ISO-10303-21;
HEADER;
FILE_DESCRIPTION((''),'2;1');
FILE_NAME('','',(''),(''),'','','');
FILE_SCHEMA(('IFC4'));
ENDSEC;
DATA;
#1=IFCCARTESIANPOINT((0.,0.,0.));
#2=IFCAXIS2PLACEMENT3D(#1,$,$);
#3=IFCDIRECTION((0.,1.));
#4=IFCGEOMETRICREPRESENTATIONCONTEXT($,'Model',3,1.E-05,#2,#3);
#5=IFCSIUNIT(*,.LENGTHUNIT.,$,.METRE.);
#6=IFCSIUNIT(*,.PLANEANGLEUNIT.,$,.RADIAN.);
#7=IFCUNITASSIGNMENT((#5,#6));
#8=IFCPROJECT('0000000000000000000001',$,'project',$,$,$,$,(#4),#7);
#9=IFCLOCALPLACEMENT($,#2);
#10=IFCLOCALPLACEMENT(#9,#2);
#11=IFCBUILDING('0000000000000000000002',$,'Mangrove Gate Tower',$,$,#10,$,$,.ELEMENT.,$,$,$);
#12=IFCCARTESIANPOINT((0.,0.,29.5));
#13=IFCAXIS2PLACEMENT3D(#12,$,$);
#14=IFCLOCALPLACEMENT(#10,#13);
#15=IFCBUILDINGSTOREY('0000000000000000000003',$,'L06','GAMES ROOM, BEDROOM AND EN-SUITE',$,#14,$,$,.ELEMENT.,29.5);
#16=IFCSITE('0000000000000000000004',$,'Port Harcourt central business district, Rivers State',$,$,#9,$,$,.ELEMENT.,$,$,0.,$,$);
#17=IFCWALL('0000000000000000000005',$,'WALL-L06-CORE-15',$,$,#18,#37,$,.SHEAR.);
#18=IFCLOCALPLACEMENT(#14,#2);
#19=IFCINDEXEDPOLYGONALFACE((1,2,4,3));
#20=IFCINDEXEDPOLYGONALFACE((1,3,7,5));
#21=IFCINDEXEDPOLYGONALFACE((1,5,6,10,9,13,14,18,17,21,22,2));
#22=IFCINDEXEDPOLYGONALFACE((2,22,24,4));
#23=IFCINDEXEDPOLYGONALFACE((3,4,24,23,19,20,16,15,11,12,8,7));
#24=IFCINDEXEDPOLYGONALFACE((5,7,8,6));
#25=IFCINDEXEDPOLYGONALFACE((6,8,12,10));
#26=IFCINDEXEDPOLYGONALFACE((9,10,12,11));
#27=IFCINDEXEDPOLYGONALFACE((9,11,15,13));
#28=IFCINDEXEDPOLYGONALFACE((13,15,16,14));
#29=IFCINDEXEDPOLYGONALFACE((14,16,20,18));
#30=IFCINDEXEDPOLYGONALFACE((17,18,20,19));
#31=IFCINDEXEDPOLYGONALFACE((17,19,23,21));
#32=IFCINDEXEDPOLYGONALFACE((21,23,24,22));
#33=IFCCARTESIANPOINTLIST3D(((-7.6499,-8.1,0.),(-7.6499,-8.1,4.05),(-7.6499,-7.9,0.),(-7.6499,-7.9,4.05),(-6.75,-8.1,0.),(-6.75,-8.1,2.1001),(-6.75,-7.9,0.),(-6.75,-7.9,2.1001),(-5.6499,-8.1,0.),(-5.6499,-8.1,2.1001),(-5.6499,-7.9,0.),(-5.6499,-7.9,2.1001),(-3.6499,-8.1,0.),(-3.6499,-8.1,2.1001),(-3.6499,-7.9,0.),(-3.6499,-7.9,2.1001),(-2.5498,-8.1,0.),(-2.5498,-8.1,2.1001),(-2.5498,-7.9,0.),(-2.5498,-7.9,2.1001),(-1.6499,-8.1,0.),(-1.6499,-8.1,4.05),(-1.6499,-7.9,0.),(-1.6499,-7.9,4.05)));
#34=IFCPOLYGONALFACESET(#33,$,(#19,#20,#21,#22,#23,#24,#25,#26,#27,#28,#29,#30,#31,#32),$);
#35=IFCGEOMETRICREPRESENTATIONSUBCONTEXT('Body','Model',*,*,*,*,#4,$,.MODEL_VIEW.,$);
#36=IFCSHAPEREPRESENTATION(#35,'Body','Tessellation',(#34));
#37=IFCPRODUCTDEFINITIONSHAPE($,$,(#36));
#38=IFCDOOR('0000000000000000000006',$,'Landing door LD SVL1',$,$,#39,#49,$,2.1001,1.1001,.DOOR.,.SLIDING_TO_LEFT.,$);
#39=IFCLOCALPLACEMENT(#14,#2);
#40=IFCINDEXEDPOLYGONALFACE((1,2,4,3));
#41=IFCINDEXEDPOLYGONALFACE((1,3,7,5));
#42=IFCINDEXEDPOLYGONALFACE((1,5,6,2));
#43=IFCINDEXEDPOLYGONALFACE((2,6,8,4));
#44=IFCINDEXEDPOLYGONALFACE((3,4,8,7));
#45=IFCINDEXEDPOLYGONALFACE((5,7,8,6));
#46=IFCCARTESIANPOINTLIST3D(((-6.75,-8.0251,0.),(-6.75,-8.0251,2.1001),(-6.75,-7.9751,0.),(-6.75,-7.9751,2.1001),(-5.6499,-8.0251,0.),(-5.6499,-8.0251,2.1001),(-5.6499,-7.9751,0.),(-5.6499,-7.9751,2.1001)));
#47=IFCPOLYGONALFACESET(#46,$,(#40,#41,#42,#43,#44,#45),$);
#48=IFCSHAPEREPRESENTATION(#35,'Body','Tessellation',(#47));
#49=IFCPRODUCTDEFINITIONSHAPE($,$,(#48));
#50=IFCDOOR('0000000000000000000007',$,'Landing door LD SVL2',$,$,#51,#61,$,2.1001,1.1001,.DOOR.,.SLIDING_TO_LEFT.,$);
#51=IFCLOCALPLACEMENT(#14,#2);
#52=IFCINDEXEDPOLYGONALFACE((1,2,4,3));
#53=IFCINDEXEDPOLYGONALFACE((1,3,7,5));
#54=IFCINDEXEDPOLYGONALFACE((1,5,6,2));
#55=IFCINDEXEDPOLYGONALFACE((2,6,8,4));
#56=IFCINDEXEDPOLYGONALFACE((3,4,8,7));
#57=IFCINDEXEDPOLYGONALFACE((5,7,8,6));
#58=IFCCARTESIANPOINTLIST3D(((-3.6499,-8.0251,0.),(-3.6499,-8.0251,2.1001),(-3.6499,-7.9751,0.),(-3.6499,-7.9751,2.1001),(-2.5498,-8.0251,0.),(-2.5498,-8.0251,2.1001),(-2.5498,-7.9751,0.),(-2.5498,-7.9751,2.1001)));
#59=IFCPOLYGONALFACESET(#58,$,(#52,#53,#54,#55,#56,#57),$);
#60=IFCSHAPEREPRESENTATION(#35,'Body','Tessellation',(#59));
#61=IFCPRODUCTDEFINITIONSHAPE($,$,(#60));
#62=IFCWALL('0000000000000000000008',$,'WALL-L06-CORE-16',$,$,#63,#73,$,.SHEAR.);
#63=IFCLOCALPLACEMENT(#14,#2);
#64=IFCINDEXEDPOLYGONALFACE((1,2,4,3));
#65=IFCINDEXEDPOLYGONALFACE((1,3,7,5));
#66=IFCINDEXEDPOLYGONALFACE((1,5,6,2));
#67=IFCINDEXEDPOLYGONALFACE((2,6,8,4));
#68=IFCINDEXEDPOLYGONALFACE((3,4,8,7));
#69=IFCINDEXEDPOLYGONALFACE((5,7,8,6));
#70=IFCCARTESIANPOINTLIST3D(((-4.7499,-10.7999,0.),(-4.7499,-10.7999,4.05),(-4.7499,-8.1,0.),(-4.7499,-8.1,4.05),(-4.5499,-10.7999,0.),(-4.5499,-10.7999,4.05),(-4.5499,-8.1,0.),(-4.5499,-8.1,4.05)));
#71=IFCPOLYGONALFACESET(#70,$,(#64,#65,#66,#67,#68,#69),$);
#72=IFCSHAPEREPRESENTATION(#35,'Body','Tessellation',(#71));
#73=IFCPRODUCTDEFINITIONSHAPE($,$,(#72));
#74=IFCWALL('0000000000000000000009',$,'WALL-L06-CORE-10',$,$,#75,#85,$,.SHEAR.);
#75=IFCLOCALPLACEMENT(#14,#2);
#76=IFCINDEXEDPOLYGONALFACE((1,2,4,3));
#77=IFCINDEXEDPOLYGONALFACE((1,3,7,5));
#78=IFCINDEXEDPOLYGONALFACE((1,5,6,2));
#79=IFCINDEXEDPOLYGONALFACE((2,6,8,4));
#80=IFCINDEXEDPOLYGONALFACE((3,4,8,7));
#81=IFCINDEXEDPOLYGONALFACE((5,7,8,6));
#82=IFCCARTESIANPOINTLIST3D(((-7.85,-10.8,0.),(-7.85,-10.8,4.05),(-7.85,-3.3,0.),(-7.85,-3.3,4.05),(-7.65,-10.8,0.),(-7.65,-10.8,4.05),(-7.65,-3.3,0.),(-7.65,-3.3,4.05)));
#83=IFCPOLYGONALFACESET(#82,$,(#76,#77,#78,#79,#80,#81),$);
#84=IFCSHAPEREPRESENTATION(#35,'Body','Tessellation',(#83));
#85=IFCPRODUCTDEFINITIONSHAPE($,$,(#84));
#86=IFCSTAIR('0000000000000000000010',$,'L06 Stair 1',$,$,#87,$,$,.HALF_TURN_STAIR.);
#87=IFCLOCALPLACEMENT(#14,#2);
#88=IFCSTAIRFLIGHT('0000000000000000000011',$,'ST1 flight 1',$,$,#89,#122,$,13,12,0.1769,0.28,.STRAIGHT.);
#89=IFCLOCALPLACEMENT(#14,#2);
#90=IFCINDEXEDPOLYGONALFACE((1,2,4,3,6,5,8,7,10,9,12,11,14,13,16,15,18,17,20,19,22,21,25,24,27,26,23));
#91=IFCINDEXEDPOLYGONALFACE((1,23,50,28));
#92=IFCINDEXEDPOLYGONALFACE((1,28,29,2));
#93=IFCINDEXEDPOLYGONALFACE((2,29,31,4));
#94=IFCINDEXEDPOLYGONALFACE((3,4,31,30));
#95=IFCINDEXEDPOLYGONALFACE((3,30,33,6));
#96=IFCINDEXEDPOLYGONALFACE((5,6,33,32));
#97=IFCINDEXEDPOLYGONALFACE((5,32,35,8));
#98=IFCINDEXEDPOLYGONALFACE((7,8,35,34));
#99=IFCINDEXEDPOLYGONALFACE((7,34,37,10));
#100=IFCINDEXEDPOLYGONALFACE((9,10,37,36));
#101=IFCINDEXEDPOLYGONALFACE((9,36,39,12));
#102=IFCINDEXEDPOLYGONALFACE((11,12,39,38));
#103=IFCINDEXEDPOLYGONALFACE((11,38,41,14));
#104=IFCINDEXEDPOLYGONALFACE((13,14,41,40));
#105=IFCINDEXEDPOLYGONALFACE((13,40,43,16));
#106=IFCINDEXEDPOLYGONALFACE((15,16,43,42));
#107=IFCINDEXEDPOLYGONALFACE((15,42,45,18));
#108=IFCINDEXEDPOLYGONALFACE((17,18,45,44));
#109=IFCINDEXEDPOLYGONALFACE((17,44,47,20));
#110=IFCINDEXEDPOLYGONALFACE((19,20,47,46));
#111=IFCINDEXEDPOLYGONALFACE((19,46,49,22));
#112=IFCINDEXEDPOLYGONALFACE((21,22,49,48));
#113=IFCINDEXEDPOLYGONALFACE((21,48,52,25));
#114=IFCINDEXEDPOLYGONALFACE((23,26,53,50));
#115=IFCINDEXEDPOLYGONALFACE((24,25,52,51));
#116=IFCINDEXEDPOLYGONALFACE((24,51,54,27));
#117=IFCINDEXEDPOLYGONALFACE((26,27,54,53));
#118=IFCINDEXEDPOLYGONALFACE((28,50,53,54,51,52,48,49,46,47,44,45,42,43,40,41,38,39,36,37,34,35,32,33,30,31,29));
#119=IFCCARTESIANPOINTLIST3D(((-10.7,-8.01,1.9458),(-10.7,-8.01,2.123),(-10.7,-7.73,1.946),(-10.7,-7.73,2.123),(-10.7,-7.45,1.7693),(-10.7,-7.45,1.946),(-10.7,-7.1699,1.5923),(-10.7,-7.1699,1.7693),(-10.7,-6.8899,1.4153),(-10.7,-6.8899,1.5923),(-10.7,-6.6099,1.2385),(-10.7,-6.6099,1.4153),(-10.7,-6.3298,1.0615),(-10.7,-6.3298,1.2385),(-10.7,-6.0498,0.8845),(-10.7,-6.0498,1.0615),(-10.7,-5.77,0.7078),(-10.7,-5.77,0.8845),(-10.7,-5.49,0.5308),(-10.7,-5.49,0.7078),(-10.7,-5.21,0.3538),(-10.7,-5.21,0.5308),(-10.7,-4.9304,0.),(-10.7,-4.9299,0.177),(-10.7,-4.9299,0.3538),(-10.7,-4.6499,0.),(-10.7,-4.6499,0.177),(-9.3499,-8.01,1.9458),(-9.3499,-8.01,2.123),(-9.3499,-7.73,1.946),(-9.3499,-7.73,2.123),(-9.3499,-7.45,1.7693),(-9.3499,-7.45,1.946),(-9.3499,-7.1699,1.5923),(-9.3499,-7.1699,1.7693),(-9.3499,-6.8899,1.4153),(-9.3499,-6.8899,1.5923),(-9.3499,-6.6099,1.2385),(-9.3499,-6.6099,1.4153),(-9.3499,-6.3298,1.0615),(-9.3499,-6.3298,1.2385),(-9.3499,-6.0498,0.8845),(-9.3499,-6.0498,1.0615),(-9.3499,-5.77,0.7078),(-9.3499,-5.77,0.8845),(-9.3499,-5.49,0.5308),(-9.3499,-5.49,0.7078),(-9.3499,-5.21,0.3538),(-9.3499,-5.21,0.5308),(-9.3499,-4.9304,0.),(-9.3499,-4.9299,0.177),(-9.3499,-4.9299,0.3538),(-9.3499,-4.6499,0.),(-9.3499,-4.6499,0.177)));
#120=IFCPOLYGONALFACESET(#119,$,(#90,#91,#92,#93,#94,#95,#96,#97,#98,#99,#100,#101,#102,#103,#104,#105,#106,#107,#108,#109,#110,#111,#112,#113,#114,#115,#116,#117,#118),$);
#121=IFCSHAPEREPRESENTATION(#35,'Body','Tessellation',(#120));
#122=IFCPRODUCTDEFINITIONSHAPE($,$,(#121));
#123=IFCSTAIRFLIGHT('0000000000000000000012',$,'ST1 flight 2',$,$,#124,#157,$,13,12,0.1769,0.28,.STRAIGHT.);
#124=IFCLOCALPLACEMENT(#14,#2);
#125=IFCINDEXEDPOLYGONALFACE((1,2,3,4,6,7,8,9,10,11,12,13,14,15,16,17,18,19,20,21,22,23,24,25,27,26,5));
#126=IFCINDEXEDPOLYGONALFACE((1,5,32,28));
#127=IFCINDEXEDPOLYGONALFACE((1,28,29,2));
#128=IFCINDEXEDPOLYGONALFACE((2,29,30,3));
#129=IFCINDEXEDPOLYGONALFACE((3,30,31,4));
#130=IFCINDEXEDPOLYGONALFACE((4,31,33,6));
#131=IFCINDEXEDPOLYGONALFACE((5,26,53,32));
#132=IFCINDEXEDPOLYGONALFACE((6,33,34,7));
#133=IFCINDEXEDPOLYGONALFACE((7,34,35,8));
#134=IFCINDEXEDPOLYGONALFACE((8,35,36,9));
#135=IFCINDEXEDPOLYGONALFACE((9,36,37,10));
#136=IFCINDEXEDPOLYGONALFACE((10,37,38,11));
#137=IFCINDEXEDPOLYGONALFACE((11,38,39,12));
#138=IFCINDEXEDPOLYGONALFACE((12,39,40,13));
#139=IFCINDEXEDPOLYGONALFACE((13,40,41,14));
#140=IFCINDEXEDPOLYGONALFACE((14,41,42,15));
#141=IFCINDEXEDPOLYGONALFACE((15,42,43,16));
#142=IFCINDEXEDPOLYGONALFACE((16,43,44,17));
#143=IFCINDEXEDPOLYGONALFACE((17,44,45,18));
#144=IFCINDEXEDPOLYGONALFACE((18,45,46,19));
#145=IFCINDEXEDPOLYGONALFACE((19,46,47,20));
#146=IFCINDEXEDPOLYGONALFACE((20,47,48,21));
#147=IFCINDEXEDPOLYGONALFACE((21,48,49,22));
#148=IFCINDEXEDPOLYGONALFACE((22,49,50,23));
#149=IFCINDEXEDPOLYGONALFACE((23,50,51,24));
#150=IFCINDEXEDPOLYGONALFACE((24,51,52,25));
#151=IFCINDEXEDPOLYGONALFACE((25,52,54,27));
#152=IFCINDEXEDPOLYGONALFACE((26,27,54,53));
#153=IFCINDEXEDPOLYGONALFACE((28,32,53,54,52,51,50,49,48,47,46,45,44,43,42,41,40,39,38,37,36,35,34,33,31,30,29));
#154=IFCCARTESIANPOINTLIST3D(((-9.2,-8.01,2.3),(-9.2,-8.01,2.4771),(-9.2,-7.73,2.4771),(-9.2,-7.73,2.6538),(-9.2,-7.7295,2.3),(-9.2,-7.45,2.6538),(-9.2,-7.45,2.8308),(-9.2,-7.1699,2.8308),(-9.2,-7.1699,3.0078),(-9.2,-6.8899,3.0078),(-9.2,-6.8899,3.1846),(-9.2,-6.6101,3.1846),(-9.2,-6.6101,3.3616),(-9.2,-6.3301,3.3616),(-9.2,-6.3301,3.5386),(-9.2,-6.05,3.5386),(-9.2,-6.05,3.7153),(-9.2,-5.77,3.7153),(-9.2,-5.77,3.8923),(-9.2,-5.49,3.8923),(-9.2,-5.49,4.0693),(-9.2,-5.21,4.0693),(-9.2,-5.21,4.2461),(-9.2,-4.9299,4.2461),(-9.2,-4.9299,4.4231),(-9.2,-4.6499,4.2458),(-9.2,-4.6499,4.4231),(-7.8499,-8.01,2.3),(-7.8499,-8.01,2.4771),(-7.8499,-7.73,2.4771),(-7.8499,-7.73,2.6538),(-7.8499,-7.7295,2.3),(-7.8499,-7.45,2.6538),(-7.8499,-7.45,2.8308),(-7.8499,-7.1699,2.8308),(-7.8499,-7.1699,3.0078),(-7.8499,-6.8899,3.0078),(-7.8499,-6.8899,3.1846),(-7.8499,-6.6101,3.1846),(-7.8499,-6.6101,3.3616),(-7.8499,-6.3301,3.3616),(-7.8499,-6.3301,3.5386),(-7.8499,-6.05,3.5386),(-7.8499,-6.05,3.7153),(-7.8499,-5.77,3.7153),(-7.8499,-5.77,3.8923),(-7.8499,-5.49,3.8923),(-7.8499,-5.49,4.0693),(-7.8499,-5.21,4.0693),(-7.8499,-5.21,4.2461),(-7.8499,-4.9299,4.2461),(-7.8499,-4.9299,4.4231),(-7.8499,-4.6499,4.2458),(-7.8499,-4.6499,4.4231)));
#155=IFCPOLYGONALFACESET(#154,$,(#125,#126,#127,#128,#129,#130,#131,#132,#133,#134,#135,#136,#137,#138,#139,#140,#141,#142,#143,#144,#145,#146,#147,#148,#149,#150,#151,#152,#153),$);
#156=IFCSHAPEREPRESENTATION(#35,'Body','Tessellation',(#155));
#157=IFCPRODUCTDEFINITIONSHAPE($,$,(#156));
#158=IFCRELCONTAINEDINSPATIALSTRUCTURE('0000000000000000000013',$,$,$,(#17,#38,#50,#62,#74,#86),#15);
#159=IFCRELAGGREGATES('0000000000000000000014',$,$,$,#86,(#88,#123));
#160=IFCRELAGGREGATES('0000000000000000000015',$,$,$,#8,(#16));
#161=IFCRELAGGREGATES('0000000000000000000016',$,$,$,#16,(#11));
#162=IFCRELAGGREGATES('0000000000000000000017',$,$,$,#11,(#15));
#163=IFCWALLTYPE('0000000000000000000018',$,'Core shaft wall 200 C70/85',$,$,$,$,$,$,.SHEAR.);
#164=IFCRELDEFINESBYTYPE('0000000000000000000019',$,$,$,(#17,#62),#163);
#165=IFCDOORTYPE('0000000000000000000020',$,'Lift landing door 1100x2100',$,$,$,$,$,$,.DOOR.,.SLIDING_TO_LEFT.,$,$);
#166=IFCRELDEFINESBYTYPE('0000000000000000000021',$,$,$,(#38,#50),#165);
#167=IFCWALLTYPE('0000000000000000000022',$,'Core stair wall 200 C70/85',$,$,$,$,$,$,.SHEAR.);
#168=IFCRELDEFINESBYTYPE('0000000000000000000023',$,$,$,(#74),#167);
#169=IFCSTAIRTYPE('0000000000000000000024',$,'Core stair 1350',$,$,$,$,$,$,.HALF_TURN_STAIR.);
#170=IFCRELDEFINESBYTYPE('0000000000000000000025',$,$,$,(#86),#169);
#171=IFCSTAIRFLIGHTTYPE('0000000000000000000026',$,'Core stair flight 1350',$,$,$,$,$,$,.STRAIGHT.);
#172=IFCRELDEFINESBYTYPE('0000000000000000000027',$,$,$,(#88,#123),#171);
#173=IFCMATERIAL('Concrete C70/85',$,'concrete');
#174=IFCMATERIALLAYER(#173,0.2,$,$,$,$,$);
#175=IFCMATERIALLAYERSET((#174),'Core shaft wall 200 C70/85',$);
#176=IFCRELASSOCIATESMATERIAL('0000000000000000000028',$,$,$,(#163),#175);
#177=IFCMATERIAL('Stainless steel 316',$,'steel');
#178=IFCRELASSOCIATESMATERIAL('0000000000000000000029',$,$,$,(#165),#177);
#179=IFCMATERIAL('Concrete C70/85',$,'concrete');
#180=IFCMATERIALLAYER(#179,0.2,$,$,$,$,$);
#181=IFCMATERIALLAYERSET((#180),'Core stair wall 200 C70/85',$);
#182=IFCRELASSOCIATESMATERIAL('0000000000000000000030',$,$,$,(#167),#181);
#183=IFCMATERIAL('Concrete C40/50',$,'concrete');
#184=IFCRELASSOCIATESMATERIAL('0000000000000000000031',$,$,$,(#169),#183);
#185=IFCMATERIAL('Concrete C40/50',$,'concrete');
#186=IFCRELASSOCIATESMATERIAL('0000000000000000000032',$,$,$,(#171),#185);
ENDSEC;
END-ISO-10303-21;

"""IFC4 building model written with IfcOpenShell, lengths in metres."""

from ifc_helpers import new_model, si_unit, direction, frame, frame_2d, origin, place, context, subcontext, project, spatial, polyline, rectangle, outline, extrude, material, layer, layer_set, type_object, element, fill, aggregate, save


model = new_model("IFC4")

# Units and contexts
model_context = context("Model", 3, precision=1e-05, world=origin(), true_north=direction((0.0, 1.0)))
body_context = subcontext(model_context, "Body", "Model", "MODEL_VIEW")
ifc_project = project(units=[si_unit("LENGTHUNIT", "METRE"), si_unit("PLANEANGLEUNIT", "RADIAN")], contexts=[model_context])

# Site, building, storey
site_placement = place(None, origin())
site = spatial("IfcSite", under=ifc_project, at=site_placement, Name="Port Harcourt central business district, Rivers State", CompositionType="ELEMENT", RefElevation=0.0)
building_placement = place(site_placement, origin())
building = spatial("IfcBuilding", under=site, at=building_placement, Name="Mangrove Gate Tower", CompositionType="ELEMENT")
storey_placement = place(building_placement, frame((0.0, 0.0, 29.5)))
storey = spatial("IfcBuildingStorey", under=building, at=storey_placement, Name="L06", Description="GAMES ROOM, BEDROOM AND EN-SUITE", CompositionType="ELEMENT", Elevation=29.5)

# Wall, openings, doors
ifc_material_1 = material(Name="Concrete C70/85", Category="concrete")
ifc_layer_1 = layer(ifc_material_1, 0.2)
ifc_layer_set_1 = layer_set([ifc_layer_1], Name="Core shaft wall 200 C70/85")
wall_type_1 = type_object("IfcWallType", Name="Core shaft wall 200 C70/85", PredefinedType="SHEAR", material=ifc_layer_set_1)
wall_1_placement = place(storey_placement, frame((-7.6499, -8.0, 0.0), z_axis=(0.0, 0.0, 1.0), x_axis=(1.0, 0.0, 0.0)))
wall_1 = element("IfcWall", 1, at=wall_1_placement, inside=storey, type_object=wall_type_1, Name="WALL-L06-CORE-15", PredefinedType="SHEAR", context=body_context, shape_type="SweptSolid", body=[
    extrude(rectangle(XDim=6.0, YDim=0.2, at=frame_2d((3.0, 0.0))), origin(), (0.0, 0.0, 1.0), 4.05),
])
opening_1_placement = place(wall_1_placement, frame((0.8999, 0.0, 0.0)))
opening_1 = element("IfcOpeningElement", 2, at=opening_1_placement, cuts=wall_1, PredefinedType="OPENING", context=body_context, shape_type="SweptSolid", body=[
    extrude(rectangle(XDim=1.1001, YDim=2.1001, at=frame_2d((0.55, 1.05))), frame((0.0, 0.1099, 0.0), z_axis=(0.0, -1.0, 0.0), x_axis=(1.0, 0.0, 0.0)), (0.0, 0.0, 1.0), 0.22),
])
opening_2_placement = place(wall_1_placement, frame((4.0, 0.0, 0.0)))
opening_2 = element("IfcOpeningElement", 3, at=opening_2_placement, cuts=wall_1, PredefinedType="OPENING", context=body_context, shape_type="SweptSolid", body=[
    extrude(rectangle(XDim=1.1001, YDim=2.1001, at=frame_2d((0.55, 1.05))), frame((0.0, 0.1099, 0.0), z_axis=(0.0, -1.0, 0.0), x_axis=(1.0, 0.0, 0.0)), (0.0, 0.0, 1.0), 0.22),
])
ifc_material_2 = material(Name="Stainless steel 316", Category="steel")
door_type = type_object("IfcDoorType", Name="Lift landing door 1100x2100", OperationType="SLIDING_TO_LEFT", PredefinedType="DOOR", material=ifc_material_2)
door_1_placement = place(opening_1_placement, origin())
door_1 = element("IfcDoor", 4, at=door_1_placement, inside=storey, type_object=door_type, Name="Landing door LD SVL1", OperationType="SLIDING_TO_LEFT", OverallHeight=2.1001, OverallWidth=1.1001, PredefinedType="DOOR", context=body_context, shape_type="SweptSolid", body=[
    extrude(rectangle(XDim=1.1001, YDim=2.1001, at=frame_2d((0.55, 1.05))), frame((0.0, 0.0249, 0.0), z_axis=(0.0, -1.0, 0.0), x_axis=(1.0, 0.0, 0.0)), (0.0, 0.0, 1.0), 0.05),
])
fill(opening_1, door_1)
door_2_placement = place(opening_2_placement, origin())
door_2 = element("IfcDoor", 5, at=door_2_placement, inside=storey, type_object=door_type, Name="Landing door LD SVL2", OperationType="SLIDING_TO_LEFT", OverallHeight=2.1001, OverallWidth=1.1001, PredefinedType="DOOR", context=body_context, shape_type="SweptSolid", body=[
    extrude(rectangle(XDim=1.1001, YDim=2.1001, at=frame_2d((0.55, 1.05))), frame((0.0, 0.0249, 0.0), z_axis=(0.0, -1.0, 0.0), x_axis=(1.0, 0.0, 0.0)), (0.0, 0.0, 1.0), 0.05),
])
fill(opening_2, door_2)

# Walls
wall_2_placement = place(storey_placement, frame((-4.6499, -10.8, 0.0), z_axis=(0.0, 0.0, 1.0), x_axis=(0.0, 1.0, 0.0)))
element("IfcWall", 6, at=wall_2_placement, inside=storey, type_object=wall_type_1, Name="WALL-L06-CORE-16", PredefinedType="SHEAR", context=body_context, shape_type="SweptSolid", body=[
    extrude(rectangle(XDim=2.7, YDim=0.2, at=frame_2d((1.3501, 0.0))), origin(), (0.0, 0.0, 1.0), 4.05),
])
ifc_material_3 = material(Name="Concrete C70/85", Category="concrete")
ifc_layer_2 = layer(ifc_material_3, 0.2)
ifc_layer_set_2 = layer_set([ifc_layer_2], Name="Core stair wall 200 C70/85")
wall_type_2 = type_object("IfcWallType", Name="Core stair wall 200 C70/85", PredefinedType="SHEAR", material=ifc_layer_set_2)
wall_3_placement = place(storey_placement, frame((-7.75, -10.8, 0.0), z_axis=(0.0, 0.0, 1.0), x_axis=(0.0, 1.0, 0.0)))
element("IfcWall", 7, at=wall_3_placement, inside=storey, type_object=wall_type_2, Name="WALL-L06-CORE-10", PredefinedType="SHEAR", context=body_context, shape_type="SweptSolid", body=[
    extrude(rectangle(XDim=7.5, YDim=0.2, at=frame_2d((3.75, 0.0))), origin(), (0.0, 0.0, 1.0), 4.05),
])

# Stair, stair flights
ifc_material_4 = material(Name="Concrete C40/50", Category="concrete")
stair_type = type_object("IfcStairType", Name="Core stair 1350", PredefinedType="HALF_TURN_STAIR", material=ifc_material_4)
stair_placement = place(storey_placement, origin())
stair = element("IfcStair", 8, at=stair_placement, inside=storey, type_object=stair_type, Name="L06 Stair 1", PredefinedType="HALF_TURN_STAIR")
ifc_material_5 = material(Name="Concrete C40/50", Category="concrete")
stair_flight_type = type_object("IfcStairFlightType", Name="Core stair flight 1350", PredefinedType="STRAIGHT", material=ifc_material_5)
stair_flight_1_placement = place(storey_placement, frame((-10.0249, -4.6499, 0.0), z_axis=(0.0, 0.0, 1.0), x_axis=(0.0, -1.0, 0.0)))
stair_flight_1 = element("IfcStairFlight", 9, at=stair_flight_1_placement, type_object=stair_flight_type, Name="ST1 flight 1", NumberOfRisers=13, NumberOfTreads=12, PredefinedType="STRAIGHT", RiserHeight=0.1769, TreadLength=0.28, context=body_context, shape_type="SweptSolid", body=[
    extrude(outline(polyline([(0.0, 0.0), (0.0, 0.177), (0.28, 0.177), (0.28, 0.3538), (0.5601, 0.3538), (0.5601, 0.5308), (0.8401, 0.5308), (0.8401, 0.7078), (1.1201, 0.7078), (1.1201, 0.8845), (1.3999, 0.8845), (1.3999, 1.0615), (1.6799, 1.0615), (1.6799, 1.2385), (1.96, 1.2385), (1.96, 1.4153), (2.24, 1.4153), (2.24, 1.5923), (2.52, 1.5923), (2.52, 1.7693), (2.8, 1.7693), (2.8, 1.946), (3.0801, 1.946), (3.0801, 2.123), (3.3601, 2.123), (3.3601, 2.3), (3.3601, 1.9458), (0.2805, 0.0), (0.0, 0.0)])), frame((0.0, 0.675, 0.0), z_axis=(0.0, -1.0, 0.0), x_axis=(1.0, 0.0, 0.0)), (0.0, 0.0, 1.0), 1.3501),
])
stair_flight_2_placement = place(storey_placement, frame((-8.5249, -8.01, 2.3), z_axis=(0.0, 0.0, 1.0), x_axis=(0.0, 1.0, 0.0)))
stair_flight_2 = element("IfcStairFlight", 10, at=stair_flight_2_placement, type_object=stair_flight_type, Name="ST1 flight 2", NumberOfRisers=13, NumberOfTreads=12, PredefinedType="STRAIGHT", RiserHeight=0.1769, TreadLength=0.28, context=body_context, shape_type="SweptSolid", body=[
    extrude(outline(polyline([(0.0, 0.0), (0.0, 0.177), (0.28, 0.177), (0.28, 0.3538), (0.5601, 0.3538), (0.5601, 0.5308), (0.8401, 0.5308), (0.8401, 0.7078), (1.1201, 0.7078), (1.1201, 0.8845), (1.3999, 0.8845), (1.3999, 1.0615), (1.6799, 1.0615), (1.6799, 1.2385), (1.96, 1.2385), (1.96, 1.4153), (2.24, 1.4153), (2.24, 1.5923), (2.52, 1.5923), (2.52, 1.7693), (2.8, 1.7693), (2.8, 1.946), (3.0801, 1.946), (3.0801, 2.123), (3.3601, 2.123), (3.3601, 2.3), (3.3601, 1.9458), (0.2805, 0.0), (0.0, 0.0)])), frame((0.0, 0.675, 0.0), z_axis=(0.0, -1.0, 0.0), x_axis=(1.0, 0.0, 0.0)), (0.0, 0.0, 1.0), 1.3501),
])
aggregate(stair, [stair_flight_1, stair_flight_2])

save(model, "model.ifc")
